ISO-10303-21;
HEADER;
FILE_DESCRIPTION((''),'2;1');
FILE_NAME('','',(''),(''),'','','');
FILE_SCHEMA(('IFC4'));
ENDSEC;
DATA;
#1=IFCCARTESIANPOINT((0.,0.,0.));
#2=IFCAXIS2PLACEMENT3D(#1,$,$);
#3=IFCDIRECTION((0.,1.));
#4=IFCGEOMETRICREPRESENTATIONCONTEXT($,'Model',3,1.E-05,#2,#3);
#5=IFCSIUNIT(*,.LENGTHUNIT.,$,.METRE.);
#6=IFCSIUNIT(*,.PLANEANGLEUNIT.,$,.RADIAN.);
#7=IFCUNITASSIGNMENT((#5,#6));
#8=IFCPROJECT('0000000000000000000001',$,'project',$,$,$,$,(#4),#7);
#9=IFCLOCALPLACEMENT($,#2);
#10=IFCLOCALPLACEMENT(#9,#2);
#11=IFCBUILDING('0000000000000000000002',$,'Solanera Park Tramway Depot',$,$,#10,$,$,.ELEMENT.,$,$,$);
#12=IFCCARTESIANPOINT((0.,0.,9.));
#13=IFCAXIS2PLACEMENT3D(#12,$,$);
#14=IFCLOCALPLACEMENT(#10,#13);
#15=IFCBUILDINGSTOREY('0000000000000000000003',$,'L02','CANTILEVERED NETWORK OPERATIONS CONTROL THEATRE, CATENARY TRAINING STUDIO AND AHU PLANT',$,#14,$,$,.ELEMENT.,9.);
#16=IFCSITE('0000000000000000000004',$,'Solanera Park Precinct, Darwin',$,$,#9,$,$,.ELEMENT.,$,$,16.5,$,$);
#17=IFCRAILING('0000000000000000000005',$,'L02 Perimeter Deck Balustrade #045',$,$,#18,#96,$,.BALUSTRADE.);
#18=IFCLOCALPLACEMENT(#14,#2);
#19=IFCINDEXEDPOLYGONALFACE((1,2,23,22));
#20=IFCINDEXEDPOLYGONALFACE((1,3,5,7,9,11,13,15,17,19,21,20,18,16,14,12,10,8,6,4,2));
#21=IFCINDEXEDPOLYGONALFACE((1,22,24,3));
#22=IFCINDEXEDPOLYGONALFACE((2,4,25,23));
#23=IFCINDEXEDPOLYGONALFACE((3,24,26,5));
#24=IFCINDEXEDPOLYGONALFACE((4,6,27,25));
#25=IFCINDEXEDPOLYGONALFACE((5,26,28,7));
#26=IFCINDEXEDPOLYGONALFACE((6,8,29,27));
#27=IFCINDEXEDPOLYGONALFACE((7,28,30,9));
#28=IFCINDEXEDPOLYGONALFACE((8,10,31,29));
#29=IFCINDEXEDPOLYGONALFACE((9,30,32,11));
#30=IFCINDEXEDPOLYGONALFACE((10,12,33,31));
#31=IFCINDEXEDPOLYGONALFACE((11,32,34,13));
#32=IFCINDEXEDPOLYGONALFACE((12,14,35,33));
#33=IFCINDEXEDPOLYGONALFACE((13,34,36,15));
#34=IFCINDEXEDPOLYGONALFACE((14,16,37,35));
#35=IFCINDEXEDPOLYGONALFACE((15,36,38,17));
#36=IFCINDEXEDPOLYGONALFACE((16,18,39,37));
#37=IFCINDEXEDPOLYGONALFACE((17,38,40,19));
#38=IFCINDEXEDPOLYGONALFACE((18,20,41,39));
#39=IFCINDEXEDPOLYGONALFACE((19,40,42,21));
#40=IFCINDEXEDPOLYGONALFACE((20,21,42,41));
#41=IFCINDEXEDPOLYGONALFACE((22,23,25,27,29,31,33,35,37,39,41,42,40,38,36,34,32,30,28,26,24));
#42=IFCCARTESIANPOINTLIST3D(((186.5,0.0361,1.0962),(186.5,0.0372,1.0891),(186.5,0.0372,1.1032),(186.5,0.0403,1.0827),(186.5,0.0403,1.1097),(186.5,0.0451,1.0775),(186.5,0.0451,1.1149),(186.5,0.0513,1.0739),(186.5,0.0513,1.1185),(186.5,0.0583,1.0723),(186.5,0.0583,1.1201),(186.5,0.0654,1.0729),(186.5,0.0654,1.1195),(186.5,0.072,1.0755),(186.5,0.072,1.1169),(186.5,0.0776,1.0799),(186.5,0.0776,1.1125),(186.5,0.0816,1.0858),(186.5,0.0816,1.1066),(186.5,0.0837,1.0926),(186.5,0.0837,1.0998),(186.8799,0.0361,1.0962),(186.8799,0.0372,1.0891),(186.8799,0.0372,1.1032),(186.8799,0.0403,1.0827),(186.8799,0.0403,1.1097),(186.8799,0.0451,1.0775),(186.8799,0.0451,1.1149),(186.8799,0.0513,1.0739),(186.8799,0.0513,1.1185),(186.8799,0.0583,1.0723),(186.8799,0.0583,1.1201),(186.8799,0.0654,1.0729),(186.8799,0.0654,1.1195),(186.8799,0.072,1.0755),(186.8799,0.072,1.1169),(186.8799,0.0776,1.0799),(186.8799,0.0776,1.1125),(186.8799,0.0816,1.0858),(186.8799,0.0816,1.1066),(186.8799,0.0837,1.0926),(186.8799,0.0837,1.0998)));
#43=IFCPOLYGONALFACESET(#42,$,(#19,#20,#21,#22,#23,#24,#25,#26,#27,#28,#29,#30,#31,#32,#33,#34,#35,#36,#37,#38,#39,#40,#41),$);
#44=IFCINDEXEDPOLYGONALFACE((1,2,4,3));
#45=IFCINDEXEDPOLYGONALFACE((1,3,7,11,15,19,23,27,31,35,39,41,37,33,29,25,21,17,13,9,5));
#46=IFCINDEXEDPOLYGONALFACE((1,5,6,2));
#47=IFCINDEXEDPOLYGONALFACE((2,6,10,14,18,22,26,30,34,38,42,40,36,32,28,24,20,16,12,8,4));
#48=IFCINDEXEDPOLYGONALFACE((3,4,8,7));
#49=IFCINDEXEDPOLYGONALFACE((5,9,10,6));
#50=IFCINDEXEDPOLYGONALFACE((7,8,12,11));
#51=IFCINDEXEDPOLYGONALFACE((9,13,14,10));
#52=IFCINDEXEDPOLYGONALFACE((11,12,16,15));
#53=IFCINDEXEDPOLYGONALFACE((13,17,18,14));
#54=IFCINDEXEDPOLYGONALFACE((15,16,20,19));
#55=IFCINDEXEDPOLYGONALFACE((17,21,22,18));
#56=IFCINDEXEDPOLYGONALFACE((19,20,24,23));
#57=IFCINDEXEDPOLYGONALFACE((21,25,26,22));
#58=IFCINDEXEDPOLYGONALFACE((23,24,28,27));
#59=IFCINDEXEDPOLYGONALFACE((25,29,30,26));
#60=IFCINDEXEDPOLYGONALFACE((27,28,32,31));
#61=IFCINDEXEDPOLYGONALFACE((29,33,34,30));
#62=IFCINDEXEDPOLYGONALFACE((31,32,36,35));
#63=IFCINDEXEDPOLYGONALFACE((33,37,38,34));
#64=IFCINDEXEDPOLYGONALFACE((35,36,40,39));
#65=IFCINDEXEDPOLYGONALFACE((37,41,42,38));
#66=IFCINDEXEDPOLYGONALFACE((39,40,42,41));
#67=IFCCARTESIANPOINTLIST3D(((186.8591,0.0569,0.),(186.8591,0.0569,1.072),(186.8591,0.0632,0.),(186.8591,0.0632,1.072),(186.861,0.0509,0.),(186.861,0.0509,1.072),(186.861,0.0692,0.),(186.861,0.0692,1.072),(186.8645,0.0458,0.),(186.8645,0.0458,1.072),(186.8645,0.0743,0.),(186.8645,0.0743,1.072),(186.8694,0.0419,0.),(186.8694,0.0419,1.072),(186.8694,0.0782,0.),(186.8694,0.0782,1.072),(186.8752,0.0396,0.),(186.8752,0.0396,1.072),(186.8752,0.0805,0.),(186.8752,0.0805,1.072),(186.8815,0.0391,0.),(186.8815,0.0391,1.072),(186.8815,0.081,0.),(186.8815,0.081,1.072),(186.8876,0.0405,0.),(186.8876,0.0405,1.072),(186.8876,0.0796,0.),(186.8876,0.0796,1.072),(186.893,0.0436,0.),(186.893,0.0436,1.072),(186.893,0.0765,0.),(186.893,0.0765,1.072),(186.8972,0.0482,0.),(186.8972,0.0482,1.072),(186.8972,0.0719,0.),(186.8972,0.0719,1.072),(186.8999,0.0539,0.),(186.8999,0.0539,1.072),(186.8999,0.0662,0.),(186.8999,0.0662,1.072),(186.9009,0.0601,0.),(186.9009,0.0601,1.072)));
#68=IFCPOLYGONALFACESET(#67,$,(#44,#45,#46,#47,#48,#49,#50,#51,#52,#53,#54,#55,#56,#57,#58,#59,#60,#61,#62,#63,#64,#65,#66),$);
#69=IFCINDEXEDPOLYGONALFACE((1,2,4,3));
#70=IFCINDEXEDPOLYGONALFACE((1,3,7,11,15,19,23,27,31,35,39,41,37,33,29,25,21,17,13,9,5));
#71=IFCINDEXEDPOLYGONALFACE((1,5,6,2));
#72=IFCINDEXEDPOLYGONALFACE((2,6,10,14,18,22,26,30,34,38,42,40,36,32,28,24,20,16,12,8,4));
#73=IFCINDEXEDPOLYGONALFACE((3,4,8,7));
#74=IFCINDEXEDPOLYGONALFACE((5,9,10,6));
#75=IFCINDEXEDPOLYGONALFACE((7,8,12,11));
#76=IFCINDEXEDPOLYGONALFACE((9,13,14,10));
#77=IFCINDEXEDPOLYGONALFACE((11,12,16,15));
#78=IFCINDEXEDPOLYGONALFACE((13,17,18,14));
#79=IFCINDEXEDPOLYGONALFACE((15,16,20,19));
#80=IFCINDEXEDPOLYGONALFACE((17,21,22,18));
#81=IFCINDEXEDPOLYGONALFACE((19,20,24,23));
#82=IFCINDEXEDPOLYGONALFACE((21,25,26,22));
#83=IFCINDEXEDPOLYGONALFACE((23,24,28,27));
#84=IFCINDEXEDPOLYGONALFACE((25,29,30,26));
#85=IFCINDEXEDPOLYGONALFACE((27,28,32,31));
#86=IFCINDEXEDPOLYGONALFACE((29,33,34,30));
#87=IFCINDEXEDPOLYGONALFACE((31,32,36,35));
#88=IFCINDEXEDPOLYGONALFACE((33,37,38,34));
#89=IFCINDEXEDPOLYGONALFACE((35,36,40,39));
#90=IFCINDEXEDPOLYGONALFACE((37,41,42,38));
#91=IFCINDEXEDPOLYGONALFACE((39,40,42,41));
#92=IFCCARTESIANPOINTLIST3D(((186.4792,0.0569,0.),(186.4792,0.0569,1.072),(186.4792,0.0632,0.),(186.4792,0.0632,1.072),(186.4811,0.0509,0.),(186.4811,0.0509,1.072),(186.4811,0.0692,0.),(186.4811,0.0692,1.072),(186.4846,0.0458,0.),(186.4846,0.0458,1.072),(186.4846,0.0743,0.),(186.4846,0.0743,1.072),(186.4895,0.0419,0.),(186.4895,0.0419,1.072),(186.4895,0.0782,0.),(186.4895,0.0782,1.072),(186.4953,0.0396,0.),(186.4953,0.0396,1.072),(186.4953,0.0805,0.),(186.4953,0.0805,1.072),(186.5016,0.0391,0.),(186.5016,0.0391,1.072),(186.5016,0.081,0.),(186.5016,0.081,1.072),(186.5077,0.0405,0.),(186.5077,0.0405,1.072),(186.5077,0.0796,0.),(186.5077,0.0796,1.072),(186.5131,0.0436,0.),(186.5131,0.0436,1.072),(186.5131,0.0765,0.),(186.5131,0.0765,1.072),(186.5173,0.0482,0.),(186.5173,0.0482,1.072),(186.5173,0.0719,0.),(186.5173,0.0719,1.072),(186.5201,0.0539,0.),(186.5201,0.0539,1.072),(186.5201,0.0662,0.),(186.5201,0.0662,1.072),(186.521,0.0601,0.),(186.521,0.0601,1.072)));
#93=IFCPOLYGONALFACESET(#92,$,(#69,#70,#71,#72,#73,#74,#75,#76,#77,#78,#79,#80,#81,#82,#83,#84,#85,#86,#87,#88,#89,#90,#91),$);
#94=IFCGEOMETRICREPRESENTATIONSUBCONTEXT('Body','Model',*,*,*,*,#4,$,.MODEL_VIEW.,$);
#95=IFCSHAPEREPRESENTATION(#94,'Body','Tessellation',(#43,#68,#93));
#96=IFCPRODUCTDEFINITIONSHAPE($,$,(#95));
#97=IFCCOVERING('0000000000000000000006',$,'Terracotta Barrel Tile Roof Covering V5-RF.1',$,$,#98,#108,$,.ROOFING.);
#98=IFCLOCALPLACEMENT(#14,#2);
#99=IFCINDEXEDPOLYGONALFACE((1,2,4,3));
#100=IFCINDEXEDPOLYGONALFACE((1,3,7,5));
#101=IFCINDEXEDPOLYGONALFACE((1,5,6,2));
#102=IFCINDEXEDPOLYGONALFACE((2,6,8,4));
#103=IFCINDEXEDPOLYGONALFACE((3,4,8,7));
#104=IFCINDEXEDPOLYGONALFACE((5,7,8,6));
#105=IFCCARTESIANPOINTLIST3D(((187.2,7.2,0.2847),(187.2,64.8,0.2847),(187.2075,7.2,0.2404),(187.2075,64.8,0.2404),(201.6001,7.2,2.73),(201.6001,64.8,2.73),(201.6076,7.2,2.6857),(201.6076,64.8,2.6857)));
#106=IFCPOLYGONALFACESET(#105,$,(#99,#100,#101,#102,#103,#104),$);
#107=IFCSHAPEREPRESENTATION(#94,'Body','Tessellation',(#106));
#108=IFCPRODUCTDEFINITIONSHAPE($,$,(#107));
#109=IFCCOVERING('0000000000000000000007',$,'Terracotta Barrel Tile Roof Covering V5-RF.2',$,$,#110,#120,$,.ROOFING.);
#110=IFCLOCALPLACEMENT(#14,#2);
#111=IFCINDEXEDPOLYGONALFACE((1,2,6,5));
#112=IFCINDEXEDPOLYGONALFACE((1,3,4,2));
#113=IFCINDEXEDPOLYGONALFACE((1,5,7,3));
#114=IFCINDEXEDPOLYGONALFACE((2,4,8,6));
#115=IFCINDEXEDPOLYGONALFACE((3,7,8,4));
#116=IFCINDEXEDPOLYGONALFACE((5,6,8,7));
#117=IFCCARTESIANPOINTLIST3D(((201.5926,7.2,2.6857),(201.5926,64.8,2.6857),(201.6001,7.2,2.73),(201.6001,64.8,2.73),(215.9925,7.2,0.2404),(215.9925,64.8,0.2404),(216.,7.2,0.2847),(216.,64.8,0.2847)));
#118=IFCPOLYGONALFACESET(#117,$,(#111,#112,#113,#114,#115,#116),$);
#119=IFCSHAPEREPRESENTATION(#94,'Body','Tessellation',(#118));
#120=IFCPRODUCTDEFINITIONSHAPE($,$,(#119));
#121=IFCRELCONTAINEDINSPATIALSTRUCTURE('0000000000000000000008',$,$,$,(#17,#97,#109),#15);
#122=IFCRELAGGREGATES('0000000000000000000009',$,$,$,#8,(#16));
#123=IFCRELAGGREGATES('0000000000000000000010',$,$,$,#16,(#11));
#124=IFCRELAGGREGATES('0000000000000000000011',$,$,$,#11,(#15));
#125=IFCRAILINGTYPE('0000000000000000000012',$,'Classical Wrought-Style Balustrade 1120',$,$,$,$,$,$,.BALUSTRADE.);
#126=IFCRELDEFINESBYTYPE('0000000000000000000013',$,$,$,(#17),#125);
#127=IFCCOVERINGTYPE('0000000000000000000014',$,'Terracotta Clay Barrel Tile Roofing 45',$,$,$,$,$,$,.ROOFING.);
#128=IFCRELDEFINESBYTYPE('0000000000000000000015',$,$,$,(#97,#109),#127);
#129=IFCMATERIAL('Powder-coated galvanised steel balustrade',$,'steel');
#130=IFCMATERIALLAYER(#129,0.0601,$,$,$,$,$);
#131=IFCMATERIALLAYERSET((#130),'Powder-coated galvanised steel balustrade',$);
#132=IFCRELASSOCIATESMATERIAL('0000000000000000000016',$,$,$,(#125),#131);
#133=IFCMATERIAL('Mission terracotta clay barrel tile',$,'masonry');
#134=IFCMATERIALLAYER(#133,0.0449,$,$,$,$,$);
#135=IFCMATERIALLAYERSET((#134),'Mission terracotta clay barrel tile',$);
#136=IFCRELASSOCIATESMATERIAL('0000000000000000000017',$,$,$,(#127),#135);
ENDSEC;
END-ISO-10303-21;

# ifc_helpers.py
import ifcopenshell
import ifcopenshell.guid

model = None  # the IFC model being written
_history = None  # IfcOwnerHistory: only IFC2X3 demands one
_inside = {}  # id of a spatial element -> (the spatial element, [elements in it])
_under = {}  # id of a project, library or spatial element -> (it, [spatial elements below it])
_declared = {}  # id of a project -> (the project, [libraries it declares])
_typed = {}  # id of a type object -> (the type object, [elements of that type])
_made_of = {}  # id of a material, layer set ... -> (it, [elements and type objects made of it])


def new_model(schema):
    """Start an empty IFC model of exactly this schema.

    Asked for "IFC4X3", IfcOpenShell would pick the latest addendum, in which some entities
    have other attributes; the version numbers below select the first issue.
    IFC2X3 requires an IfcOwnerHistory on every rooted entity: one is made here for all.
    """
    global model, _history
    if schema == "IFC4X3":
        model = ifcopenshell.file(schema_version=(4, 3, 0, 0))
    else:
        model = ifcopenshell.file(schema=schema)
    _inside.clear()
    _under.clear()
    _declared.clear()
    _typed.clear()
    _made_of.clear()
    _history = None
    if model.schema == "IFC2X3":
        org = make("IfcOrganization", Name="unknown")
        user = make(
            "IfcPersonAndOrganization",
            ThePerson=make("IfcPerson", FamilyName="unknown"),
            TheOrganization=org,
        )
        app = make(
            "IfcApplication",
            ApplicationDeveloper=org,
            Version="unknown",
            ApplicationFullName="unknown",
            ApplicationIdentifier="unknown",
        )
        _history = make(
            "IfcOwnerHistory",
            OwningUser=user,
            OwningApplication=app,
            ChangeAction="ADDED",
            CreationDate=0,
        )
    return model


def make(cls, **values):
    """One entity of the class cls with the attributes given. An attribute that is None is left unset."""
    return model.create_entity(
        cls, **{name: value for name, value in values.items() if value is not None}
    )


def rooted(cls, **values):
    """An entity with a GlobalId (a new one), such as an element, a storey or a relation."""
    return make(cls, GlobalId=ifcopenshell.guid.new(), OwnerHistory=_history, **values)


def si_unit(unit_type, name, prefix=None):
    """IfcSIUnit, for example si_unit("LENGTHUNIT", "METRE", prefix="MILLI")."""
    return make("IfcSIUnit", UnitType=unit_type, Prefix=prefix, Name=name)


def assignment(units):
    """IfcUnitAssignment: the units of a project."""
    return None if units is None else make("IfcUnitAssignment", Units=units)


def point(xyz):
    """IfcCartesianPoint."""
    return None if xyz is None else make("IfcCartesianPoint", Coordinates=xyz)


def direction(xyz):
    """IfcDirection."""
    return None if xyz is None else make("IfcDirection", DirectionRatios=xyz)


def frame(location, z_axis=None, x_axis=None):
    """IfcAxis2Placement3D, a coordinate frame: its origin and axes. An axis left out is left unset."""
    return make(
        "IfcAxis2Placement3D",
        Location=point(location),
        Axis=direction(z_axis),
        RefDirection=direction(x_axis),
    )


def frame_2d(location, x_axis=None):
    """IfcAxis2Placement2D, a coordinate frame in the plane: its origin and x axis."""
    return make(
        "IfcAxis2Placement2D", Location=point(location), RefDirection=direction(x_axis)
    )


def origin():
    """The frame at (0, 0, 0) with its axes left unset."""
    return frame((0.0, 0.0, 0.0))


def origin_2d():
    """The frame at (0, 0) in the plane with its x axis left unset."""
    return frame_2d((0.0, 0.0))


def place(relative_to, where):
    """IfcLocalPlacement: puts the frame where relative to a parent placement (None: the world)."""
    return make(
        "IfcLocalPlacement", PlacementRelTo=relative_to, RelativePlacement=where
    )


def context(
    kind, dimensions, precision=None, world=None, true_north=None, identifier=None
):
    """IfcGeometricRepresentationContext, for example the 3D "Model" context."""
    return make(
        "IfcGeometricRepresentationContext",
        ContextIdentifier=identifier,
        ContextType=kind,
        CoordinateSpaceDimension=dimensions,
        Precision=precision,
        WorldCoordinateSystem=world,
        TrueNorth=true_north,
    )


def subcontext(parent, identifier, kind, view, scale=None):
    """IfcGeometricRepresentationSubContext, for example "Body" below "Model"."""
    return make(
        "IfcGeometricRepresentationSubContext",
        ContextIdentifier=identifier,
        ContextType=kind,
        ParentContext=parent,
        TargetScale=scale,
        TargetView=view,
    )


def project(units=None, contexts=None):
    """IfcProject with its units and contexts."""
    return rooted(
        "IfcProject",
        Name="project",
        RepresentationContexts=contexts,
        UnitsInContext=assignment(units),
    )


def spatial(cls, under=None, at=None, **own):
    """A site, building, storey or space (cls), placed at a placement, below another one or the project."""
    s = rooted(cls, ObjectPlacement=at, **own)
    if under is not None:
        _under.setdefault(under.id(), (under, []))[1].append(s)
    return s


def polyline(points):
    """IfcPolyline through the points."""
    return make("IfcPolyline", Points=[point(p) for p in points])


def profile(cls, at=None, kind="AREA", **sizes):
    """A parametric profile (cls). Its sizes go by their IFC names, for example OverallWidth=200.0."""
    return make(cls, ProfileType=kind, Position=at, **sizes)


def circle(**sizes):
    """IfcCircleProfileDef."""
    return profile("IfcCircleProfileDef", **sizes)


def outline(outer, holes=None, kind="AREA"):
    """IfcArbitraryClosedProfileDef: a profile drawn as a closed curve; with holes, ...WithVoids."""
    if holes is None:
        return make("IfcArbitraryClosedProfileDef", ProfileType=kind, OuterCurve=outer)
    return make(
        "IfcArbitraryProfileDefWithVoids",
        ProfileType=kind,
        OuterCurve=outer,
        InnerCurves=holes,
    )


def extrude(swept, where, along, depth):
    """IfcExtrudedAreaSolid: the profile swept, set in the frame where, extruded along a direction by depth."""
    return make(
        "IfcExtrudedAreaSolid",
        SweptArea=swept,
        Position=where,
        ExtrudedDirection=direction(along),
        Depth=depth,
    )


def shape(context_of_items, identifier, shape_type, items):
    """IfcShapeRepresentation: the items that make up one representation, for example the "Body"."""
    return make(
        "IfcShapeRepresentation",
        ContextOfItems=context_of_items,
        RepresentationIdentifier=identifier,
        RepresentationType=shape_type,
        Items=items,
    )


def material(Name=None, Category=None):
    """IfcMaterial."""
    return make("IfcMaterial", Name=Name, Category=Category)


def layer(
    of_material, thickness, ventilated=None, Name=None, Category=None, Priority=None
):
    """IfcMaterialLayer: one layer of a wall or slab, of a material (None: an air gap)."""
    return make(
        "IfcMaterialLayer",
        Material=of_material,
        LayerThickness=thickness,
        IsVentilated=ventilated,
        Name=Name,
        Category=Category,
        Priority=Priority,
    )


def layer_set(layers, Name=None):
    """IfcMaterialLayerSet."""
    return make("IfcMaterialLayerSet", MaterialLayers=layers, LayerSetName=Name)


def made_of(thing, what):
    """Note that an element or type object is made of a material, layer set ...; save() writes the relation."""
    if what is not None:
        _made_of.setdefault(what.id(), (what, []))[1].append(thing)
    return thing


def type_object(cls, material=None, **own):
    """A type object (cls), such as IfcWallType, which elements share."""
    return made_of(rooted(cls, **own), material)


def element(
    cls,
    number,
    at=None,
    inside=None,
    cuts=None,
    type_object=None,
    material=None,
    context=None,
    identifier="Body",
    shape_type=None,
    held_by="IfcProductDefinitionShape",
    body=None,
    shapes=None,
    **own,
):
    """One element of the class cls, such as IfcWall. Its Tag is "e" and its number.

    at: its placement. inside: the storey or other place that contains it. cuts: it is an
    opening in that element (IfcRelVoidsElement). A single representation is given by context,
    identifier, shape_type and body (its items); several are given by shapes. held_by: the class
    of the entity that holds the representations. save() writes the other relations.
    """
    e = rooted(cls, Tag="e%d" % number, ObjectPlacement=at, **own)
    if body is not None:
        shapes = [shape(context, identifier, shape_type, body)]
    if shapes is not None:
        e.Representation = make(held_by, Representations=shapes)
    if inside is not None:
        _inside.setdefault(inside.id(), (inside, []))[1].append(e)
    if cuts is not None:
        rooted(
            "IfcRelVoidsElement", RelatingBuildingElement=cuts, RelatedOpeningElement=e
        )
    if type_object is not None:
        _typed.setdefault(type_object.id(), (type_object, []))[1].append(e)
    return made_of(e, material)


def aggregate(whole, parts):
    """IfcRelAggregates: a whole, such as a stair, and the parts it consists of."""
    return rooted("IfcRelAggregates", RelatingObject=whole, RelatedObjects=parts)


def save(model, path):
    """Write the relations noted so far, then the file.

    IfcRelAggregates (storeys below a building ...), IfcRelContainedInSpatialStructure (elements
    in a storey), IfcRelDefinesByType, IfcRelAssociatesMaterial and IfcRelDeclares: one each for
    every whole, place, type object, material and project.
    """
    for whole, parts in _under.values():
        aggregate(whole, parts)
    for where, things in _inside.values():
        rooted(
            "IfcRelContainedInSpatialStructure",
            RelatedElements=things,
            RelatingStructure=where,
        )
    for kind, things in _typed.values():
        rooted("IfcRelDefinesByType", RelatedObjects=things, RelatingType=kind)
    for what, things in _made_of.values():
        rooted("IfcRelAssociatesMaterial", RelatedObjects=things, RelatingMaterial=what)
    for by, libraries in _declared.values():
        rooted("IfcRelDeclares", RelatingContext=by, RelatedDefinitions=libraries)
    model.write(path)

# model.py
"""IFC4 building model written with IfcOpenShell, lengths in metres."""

from ifc_helpers import new_model, si_unit, direction, frame, origin, origin_2d, place, context, subcontext, project, spatial, polyline, circle, outline, extrude, material, layer, layer_set, type_object, element, save


model = new_model("IFC4")

# Units and contexts
model_context = context("Model", 3, precision=1e-05, world=origin(), true_north=direction((0.0, 1.0)))
body_context = subcontext(model_context, "Body", "Model", "MODEL_VIEW")
ifc_project = project(units=[si_unit("LENGTHUNIT", "METRE"), si_unit("PLANEANGLEUNIT", "RADIAN")], contexts=[model_context])

# Site, building, storey
site_placement = place(None, origin())
site = spatial("IfcSite", under=ifc_project, at=site_placement, Name="Solanera Park Precinct, Darwin", CompositionType="ELEMENT", RefElevation=16.5)
building_placement = place(site_placement, origin())
building = spatial("IfcBuilding", under=site, at=building_placement, Name="Solanera Park Tramway Depot", CompositionType="ELEMENT")
storey_placement = place(building_placement, frame((0.0, 0.0, 9.0)))
storey = spatial("IfcBuildingStorey", under=building, at=storey_placement, Name="L02", Description="CANTILEVERED NETWORK OPERATIONS CONTROL THEATRE, CATENARY TRAINING STUDIO AND AHU PLANT", CompositionType="ELEMENT", Elevation=9.0)

# Railing
ifc_material_1 = material(Name="Powder-coated galvanised steel balustrade", Category="steel")
ifc_layer_1 = layer(ifc_material_1, 0.0601)
ifc_layer_set_1 = layer_set([ifc_layer_1], Name="Powder-coated galvanised steel balustrade")
railing_type = type_object("IfcRailingType", Name="Classical Wrought-Style Balustrade 1120", PredefinedType="BALUSTRADE", material=ifc_layer_set_1)
railing_placement = place(storey_placement, frame((186.8799, 0.0601, 0.0)))
element("IfcRailing", 1, at=railing_placement, inside=storey, type_object=railing_type, Name="L02 Perimeter Deck Balustrade #045", PredefinedType="BALUSTRADE", context=body_context, shape_type="SweptSolid", body=[
    extrude(circle(Radius=0.0239, at=origin_2d()), frame((0.0, 0.0, 1.0962), z_axis=(-1.0, 0.0, 0.0), x_axis=(0.0, -1.0, 0.0)), (0.0, 0.0, 1.0), 0.3799),
    extrude(circle(Radius=0.021, at=origin_2d()), origin(), (0.0, 0.0, 1.0), 1.072),
    extrude(circle(Radius=0.021, at=origin_2d()), frame((-0.3799, 0.0, 0.0)), (0.0, 0.0, 1.0), 1.072),
])

# Coverings
ifc_material_2 = material(Name="Mission terracotta clay barrel tile", Category="masonry")
ifc_layer_2 = layer(ifc_material_2, 0.0449)
ifc_layer_set_2 = layer_set([ifc_layer_2], Name="Mission terracotta clay barrel tile")
covering_type = type_object("IfcCoveringType", Name="Terracotta Clay Barrel Tile Roofing 45", PredefinedType="ROOFING", material=ifc_layer_set_2)
covering_1_placement = place(storey_placement, frame((187.2, 7.2, 0.2847), z_axis=(-0.167415, 0.0, 0.985887), x_axis=(0.985887, 0.0, 0.167415)))
element("IfcCovering", 2, at=covering_1_placement, inside=storey, type_object=covering_type, Name="Terracotta Barrel Tile Roof Covering V5-RF.1", PredefinedType="ROOFING", context=body_context, shape_type="SweptSolid", body=[
    extrude(outline(polyline([(0.0, 0.0), (14.6063, 0.0), (14.6063, 57.6001), (0.0, 57.6001), (0.0, 0.0)])), origin(), (0.0, 0.0, -1.0), 0.0449),
])
covering_2_placement = place(storey_placement, frame((201.6001, 7.2, 2.73), z_axis=(0.167418, 0.0, 0.985886), x_axis=(0.985886, 0.0, -0.167418)))
element("IfcCovering", 3, at=covering_2_placement, inside=storey, type_object=covering_type, Name="Terracotta Barrel Tile Roof Covering V5-RF.2", PredefinedType="ROOFING", context=body_context, shape_type="SweptSolid", body=[
    extrude(outline(polyline([(0.0, 0.0), (14.6061, 0.0), (14.6061, 57.6001), (0.0, 57.6001), (0.0, 0.0)])), origin(), (0.0, 0.0, -1.0), 0.0449),
])

save(model, "model.ifc")
